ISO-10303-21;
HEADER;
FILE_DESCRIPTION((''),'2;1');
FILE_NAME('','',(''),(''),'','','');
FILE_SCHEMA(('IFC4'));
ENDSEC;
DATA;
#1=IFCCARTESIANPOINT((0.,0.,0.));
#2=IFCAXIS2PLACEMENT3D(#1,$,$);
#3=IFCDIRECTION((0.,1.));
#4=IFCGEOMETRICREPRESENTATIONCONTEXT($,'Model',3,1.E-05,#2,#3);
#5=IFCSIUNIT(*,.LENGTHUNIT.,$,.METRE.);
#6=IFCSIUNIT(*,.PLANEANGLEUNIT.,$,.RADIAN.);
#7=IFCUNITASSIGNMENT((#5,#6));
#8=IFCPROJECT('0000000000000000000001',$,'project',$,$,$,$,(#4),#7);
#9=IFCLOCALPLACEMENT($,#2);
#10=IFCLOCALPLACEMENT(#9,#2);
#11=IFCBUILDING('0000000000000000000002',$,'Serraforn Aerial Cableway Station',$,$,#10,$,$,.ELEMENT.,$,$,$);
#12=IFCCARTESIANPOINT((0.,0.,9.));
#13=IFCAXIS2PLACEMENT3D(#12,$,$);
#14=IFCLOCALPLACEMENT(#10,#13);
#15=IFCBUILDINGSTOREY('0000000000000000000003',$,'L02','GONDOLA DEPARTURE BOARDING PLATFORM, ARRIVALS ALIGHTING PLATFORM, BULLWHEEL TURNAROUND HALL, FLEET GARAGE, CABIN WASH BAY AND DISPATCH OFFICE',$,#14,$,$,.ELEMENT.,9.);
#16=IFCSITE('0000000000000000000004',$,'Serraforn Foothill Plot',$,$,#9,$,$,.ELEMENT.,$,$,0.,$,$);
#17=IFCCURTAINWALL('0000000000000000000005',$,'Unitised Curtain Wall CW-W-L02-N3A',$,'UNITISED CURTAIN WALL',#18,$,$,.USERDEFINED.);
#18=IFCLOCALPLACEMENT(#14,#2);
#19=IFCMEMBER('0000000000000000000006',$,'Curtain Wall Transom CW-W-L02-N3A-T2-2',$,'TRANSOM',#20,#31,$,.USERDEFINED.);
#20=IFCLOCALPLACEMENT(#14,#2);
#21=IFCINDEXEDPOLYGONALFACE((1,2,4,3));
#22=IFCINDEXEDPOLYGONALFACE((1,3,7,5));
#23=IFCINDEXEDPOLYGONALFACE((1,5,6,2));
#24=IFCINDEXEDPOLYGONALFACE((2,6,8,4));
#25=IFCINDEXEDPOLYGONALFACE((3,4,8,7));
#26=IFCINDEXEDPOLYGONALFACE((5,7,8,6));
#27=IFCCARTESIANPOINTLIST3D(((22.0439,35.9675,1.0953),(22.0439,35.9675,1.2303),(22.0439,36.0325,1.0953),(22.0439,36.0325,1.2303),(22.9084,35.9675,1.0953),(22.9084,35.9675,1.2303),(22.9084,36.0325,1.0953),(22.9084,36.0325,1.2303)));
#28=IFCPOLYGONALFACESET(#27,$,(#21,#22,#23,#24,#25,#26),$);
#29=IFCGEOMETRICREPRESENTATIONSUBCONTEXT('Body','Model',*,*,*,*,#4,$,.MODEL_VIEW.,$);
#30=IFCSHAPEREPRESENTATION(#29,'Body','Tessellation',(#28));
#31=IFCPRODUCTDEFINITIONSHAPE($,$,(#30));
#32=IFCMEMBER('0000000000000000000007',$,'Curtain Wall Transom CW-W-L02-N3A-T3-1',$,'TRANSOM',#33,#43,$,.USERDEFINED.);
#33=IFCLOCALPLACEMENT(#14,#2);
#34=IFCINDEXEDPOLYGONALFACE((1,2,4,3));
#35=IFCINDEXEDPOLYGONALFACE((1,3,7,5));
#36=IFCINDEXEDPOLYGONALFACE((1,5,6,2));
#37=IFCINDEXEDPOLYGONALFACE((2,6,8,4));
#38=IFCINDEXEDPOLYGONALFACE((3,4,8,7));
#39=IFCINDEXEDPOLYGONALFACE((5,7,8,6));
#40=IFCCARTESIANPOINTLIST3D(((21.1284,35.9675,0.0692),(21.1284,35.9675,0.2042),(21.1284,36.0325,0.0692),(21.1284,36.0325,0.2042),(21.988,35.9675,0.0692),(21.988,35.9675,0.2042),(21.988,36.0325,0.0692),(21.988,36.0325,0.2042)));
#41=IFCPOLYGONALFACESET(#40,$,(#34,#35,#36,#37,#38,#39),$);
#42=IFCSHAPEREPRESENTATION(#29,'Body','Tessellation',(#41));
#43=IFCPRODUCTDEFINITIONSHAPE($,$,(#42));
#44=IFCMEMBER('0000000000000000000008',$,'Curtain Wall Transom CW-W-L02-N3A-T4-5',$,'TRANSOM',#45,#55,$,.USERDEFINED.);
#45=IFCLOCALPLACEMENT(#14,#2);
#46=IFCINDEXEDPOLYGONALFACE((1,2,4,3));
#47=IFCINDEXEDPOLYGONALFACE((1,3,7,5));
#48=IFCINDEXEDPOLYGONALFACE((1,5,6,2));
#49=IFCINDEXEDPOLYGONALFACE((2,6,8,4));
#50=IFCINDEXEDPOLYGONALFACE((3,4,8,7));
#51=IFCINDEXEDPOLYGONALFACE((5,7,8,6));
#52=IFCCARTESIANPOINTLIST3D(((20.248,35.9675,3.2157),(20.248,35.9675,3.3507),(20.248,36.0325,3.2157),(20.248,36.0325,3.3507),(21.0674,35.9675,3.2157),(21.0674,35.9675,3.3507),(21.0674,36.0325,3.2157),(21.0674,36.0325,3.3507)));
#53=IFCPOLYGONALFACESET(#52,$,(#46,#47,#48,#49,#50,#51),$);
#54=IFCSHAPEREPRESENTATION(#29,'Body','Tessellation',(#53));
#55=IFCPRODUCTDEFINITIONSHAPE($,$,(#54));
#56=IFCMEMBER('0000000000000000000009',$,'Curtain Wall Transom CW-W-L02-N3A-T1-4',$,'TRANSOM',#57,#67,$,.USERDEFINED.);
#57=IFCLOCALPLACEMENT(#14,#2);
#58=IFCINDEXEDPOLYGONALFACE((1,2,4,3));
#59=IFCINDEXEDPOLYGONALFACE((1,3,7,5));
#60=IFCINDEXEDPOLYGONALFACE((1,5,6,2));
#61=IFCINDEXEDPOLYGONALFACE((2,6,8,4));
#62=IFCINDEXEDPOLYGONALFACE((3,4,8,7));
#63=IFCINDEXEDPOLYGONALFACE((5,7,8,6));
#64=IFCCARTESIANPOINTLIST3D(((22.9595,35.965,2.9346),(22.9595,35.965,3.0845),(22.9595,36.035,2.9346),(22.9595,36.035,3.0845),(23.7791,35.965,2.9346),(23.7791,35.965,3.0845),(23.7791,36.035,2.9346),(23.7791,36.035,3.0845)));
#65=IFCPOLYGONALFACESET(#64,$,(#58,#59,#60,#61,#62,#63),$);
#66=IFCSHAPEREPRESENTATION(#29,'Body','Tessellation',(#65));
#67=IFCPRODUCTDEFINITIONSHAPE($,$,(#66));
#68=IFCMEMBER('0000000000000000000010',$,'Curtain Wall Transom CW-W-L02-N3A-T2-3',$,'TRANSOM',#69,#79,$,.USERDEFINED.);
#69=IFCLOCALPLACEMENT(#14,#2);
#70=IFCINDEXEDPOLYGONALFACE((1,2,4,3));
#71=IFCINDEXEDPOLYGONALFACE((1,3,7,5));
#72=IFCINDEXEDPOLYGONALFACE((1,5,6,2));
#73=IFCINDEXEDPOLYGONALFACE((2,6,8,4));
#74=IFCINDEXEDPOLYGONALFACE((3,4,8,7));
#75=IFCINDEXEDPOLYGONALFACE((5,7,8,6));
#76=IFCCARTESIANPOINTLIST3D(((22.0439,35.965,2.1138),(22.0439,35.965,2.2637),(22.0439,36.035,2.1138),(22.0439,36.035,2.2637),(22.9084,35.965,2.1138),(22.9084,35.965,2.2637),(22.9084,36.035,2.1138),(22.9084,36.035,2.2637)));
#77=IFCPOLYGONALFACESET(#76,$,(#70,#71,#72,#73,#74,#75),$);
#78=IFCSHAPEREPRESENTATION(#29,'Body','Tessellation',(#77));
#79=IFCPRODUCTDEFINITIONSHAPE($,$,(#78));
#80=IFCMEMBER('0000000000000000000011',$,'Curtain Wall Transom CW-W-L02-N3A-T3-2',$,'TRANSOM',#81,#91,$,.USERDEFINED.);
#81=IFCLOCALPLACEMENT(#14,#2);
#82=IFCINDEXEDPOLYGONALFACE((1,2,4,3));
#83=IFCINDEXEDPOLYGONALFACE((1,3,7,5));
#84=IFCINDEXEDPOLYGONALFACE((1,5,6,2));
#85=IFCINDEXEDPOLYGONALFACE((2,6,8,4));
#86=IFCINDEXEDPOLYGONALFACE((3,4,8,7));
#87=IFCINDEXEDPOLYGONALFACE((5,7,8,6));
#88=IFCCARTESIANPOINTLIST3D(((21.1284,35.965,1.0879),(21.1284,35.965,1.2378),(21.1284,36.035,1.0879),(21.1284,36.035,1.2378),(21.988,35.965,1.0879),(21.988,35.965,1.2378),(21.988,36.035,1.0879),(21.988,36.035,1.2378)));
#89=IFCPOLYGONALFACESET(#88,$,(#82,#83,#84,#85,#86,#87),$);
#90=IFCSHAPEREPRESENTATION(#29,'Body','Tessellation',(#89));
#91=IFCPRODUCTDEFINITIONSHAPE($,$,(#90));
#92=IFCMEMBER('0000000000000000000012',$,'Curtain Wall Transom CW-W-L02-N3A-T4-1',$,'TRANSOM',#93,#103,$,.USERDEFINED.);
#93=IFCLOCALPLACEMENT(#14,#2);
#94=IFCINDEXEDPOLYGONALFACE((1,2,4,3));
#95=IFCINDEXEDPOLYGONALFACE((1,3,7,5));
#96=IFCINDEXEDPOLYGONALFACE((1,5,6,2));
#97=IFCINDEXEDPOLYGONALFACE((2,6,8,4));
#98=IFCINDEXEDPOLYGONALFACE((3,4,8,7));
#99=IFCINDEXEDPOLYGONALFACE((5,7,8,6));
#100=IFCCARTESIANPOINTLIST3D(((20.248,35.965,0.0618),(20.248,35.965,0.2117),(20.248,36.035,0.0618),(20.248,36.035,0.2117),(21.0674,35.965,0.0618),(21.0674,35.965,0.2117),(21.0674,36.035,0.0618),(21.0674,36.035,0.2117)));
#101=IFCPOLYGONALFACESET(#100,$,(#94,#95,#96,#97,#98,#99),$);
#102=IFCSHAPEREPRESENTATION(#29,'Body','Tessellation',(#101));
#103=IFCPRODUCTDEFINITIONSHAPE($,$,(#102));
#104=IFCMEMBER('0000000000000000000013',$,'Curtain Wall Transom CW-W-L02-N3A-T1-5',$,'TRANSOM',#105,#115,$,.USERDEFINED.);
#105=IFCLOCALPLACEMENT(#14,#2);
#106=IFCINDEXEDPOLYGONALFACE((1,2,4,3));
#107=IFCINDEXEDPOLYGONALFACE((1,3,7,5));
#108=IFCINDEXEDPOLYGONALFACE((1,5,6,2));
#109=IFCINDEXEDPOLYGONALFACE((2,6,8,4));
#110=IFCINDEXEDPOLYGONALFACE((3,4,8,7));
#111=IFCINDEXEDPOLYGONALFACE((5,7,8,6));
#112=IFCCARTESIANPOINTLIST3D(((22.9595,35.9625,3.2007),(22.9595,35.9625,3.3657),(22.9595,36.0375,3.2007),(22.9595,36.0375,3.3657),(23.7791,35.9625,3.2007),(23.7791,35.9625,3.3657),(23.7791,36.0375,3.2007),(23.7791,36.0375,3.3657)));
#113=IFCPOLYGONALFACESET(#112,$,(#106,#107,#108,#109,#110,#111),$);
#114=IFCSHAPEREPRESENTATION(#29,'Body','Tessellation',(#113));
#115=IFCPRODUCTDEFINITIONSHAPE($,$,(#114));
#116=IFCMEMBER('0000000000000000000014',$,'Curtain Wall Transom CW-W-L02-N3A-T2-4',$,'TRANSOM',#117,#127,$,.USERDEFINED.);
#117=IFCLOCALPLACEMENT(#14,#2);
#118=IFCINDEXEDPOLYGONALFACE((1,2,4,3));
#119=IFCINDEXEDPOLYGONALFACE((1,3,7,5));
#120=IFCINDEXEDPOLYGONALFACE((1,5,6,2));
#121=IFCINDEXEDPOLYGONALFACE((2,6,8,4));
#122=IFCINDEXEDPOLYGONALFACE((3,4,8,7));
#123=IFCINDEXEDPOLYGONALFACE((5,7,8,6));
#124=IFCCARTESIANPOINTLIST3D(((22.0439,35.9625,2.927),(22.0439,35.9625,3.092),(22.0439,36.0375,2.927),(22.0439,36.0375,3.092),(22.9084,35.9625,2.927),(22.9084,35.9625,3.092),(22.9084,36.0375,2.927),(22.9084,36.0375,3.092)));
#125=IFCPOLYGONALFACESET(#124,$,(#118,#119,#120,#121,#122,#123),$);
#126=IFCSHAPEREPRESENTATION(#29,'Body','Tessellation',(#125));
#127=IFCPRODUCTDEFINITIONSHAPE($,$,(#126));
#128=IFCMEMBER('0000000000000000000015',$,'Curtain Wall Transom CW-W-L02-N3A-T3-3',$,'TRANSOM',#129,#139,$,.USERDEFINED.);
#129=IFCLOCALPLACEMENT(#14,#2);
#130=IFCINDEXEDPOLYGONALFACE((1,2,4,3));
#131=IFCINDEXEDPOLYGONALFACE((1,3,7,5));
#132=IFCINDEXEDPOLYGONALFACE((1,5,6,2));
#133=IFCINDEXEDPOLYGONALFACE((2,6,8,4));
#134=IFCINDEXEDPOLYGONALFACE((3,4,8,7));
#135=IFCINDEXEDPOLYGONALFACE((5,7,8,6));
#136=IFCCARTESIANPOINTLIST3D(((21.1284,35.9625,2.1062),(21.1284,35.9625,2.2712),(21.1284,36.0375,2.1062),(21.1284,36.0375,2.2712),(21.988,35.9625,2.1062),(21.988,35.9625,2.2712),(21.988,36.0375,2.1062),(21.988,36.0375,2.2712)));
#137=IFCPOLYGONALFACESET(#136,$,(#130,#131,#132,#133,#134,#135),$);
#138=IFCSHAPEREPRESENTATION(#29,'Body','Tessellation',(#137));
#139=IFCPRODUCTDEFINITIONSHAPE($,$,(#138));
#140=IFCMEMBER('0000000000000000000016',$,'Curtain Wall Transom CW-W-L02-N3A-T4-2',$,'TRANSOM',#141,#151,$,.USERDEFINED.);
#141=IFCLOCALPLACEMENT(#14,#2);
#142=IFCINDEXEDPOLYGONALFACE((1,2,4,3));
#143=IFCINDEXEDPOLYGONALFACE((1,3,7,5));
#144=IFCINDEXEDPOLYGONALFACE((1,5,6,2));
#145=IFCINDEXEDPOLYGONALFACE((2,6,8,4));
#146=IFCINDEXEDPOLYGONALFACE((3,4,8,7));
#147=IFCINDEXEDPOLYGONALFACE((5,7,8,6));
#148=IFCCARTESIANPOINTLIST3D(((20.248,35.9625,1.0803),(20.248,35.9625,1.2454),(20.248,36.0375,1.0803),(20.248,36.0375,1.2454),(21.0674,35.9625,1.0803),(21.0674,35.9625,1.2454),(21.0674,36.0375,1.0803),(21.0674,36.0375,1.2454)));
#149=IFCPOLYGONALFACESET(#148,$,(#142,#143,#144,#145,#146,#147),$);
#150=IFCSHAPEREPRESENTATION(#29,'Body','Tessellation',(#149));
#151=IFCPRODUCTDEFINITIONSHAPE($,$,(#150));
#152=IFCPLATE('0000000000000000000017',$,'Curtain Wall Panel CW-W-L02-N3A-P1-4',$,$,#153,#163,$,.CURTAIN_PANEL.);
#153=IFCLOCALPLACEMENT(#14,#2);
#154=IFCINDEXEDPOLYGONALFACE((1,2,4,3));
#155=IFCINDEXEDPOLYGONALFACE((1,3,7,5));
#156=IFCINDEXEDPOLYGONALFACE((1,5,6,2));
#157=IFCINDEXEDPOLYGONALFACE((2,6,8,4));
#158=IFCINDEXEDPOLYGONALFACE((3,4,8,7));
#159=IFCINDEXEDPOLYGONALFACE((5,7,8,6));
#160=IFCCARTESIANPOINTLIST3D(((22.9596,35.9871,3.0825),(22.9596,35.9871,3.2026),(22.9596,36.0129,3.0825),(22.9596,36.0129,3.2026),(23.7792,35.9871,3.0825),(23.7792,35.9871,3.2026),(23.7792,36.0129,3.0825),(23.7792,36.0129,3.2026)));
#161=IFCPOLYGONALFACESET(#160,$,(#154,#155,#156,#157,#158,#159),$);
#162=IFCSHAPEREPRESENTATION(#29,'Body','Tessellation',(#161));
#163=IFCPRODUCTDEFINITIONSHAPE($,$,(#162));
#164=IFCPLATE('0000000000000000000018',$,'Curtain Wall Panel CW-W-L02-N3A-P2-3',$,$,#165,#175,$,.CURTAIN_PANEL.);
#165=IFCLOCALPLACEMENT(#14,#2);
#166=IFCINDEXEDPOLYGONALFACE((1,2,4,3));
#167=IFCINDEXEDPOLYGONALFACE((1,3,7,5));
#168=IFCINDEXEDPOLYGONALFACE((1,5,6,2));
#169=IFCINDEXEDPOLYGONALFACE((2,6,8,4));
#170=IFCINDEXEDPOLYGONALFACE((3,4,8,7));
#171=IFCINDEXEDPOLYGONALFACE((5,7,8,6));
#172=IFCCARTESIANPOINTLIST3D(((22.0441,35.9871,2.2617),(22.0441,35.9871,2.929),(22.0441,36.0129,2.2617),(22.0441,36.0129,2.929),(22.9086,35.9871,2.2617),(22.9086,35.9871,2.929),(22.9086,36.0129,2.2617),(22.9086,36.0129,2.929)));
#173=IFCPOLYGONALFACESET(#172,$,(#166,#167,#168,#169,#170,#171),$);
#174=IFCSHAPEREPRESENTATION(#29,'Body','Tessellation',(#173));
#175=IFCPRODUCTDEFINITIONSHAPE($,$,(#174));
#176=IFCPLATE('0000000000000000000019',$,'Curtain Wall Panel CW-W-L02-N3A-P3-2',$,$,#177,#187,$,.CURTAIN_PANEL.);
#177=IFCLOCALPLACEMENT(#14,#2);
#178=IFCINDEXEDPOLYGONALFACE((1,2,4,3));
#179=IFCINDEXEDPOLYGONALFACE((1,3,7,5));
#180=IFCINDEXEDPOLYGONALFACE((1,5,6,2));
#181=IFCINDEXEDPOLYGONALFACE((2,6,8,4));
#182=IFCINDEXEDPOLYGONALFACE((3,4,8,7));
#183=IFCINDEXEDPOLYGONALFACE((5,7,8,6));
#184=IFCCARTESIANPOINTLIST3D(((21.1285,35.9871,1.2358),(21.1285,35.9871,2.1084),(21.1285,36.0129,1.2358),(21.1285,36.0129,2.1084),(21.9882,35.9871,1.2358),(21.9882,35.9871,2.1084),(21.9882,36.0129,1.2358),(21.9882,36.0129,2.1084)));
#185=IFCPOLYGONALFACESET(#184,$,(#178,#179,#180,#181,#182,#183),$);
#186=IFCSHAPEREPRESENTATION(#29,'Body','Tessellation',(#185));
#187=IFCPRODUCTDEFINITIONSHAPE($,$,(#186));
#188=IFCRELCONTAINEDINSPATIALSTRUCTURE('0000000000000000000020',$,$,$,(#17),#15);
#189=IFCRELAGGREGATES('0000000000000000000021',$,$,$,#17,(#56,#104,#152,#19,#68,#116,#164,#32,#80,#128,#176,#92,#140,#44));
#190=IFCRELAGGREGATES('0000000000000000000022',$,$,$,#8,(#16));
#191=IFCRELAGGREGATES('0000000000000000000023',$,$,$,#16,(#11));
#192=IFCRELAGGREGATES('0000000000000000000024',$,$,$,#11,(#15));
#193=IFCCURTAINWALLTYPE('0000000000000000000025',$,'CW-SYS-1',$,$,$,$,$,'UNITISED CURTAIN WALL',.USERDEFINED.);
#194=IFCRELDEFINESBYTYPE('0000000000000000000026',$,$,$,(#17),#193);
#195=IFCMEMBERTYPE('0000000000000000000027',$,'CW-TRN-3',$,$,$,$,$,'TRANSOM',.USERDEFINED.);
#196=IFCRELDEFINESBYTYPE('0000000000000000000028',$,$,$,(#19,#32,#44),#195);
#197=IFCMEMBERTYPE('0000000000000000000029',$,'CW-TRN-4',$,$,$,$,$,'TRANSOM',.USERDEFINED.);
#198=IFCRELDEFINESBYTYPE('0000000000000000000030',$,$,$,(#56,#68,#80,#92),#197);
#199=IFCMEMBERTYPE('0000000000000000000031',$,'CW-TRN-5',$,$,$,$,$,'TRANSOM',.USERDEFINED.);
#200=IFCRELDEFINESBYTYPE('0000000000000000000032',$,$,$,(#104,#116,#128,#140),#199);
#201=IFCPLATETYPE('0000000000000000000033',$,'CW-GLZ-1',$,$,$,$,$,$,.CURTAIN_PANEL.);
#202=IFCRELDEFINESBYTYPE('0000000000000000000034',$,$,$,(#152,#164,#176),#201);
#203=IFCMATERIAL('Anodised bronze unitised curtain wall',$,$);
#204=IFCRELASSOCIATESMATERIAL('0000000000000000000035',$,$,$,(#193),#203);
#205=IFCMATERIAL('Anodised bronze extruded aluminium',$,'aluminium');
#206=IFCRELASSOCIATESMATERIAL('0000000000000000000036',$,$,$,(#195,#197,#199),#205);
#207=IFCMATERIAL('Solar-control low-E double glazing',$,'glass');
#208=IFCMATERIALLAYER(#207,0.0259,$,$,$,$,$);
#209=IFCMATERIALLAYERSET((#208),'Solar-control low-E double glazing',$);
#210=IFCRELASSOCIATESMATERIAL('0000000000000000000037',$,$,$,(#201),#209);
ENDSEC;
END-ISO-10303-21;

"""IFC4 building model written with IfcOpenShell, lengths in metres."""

from ifc_helpers import new_model, si_unit, direction, frame, origin, origin_2d, place, context, subcontext, project, spatial, rectangle, extrude, material, layer, layer_set, material_profile, profile_set, type_object, element, aggregate, save


model = new_model("IFC4")

# Units and contexts
model_context = context("Model", 3, precision=1e-05, world=origin(), true_north=direction((0.0, 1.0)))
body_context = subcontext(model_context, "Body", "Model", "MODEL_VIEW")
ifc_project = project(units=[si_unit("LENGTHUNIT", "METRE"), si_unit("PLANEANGLEUNIT", "RADIAN")], contexts=[model_context])

# Site, building, storey
site_placement = place(None, origin())
site = spatial("IfcSite", under=ifc_project, at=site_placement, Name="Serraforn Foothill Plot", CompositionType="ELEMENT", RefElevation=0.0)
building_placement = place(site_placement, origin())
building = spatial("IfcBuilding", under=site, at=building_placement, Name="Serraforn Aerial Cableway Station", CompositionType="ELEMENT")
storey_placement = place(building_placement, frame((0.0, 0.0, 9.0)))
storey = spatial("IfcBuildingStorey", under=building, at=storey_placement, Name="L02", Description="GONDOLA DEPARTURE BOARDING PLATFORM, ARRIVALS ALIGHTING PLATFORM, BULLWHEEL TURNAROUND HALL, FLEET GARAGE, CABIN WASH BAY AND DISPATCH OFFICE", CompositionType="ELEMENT", Elevation=9.0)

# Curtain wall, members, plates
ifc_material_1 = material(Name="Anodised bronze unitised curtain wall")
curtain_wall_type = type_object("IfcCurtainWallType", Name="CW-SYS-1", ElementType="UNITISED CURTAIN WALL", PredefinedType="USERDEFINED", material=ifc_material_1)
curtain_wall_placement = place(storey_placement, origin())
curtain_wall = element("IfcCurtainWall", 1, at=curtain_wall_placement, inside=storey, type_object=curtain_wall_type, Name="Unitised Curtain Wall CW-W-L02-N3A", ObjectType="UNITISED CURTAIN WALL", PredefinedType="USERDEFINED")
ifc_material_2 = material(Name="Anodised bronze extruded aluminium", Category="aluminium")
ifc_material_profile_1 = material_profile(ifc_material_2, rectangle(XDim=0.0649, YDim=0.135, at=origin_2d()), Name="CW TRANSOM 65x135")
ifc_profile_set_1 = profile_set([ifc_material_profile_1], Name="Anodised bronze extruded aluminium")
member_type_1 = type_object("IfcMemberType", Name="CW-TRN-3", ElementType="TRANSOM", PredefinedType="USERDEFINED", material=ifc_profile_set_1)
member_1_placement = place(storey_placement, frame((22.9084, 36.0, 1.1628), z_axis=(-1.0, 0.0, 0.0), x_axis=(0.0, -1.0, 0.0)))
member_1 = element("IfcMember", 2, at=member_1_placement, type_object=member_type_1, Name="Curtain Wall Transom CW-W-L02-N3A-T2-2", ObjectType="TRANSOM", PredefinedType="USERDEFINED", context=body_context, shape_type="SweptSolid", body=[
    extrude(rectangle(XDim=0.0649, YDim=0.135, at=origin_2d()), origin(), (0.0, 0.0, 1.0), 0.8645),
])
member_2_placement = place(storey_placement, frame((21.988, 36.0, 0.1367), z_axis=(-1.0, 0.0, 0.0), x_axis=(0.0, -1.0, 0.0)))
member_2 = element("IfcMember", 3, at=member_2_placement, type_object=member_type_1, Name="Curtain Wall Transom CW-W-L02-N3A-T3-1", ObjectType="TRANSOM", PredefinedType="USERDEFINED", context=body_context, shape_type="SweptSolid", body=[
    extrude(rectangle(XDim=0.0649, YDim=0.135, at=origin_2d()), origin(), (0.0, 0.0, 1.0), 0.8596),
])
member_3_placement = place(storey_placement, frame((21.0674, 36.0, 3.2832), z_axis=(-1.0, 0.0, 0.0), x_axis=(0.0, -1.0, 0.0)))
member_3 = element("IfcMember", 4, at=member_3_placement, type_object=member_type_1, Name="Curtain Wall Transom CW-W-L02-N3A-T4-5", ObjectType="TRANSOM", PredefinedType="USERDEFINED", context=body_context, shape_type="SweptSolid", body=[
    extrude(rectangle(XDim=0.0649, YDim=0.135, at=origin_2d()), origin(), (0.0, 0.0, 1.0), 0.8193),
])
ifc_material_profile_2 = material_profile(ifc_material_2, rectangle(XDim=0.0701, YDim=0.1499, at=origin_2d()), Name="CW TRANSOM 70x150")
ifc_profile_set_2 = profile_set([ifc_material_profile_2], Name="Anodised bronze extruded aluminium")
member_type_2 = type_object("IfcMemberType", Name="CW-TRN-4", ElementType="TRANSOM", PredefinedType="USERDEFINED", material=ifc_profile_set_2)
member_4_placement = place(storey_placement, frame((23.7791, 36.0, 3.0095), z_axis=(-1.0, 0.0, 0.0), x_axis=(0.0, -1.0, 0.0)))
member_4 = element("IfcMember", 5, at=member_4_placement, type_object=member_type_2, Name="Curtain Wall Transom CW-W-L02-N3A-T1-4", ObjectType="TRANSOM", PredefinedType="USERDEFINED", context=body_context, shape_type="SweptSolid", body=[
    extrude(rectangle(XDim=0.0701, YDim=0.1499, at=origin_2d()), origin(), (0.0, 0.0, 1.0), 0.8196),
])
member_5_placement = place(storey_placement, frame((22.9084, 36.0, 2.1887), z_axis=(-1.0, 0.0, 0.0), x_axis=(0.0, -1.0, 0.0)))
member_5 = element("IfcMember", 6, at=member_5_placement, type_object=member_type_2, Name="Curtain Wall Transom CW-W-L02-N3A-T2-3", ObjectType="TRANSOM", PredefinedType="USERDEFINED", context=body_context, shape_type="SweptSolid", body=[
    extrude(rectangle(XDim=0.0701, YDim=0.1499, at=origin_2d()), origin(), (0.0, 0.0, 1.0), 0.8645),
])
member_6_placement = place(storey_placement, frame((21.988, 36.0, 1.1628), z_axis=(-1.0, 0.0, 0.0), x_axis=(0.0, -1.0, 0.0)))
member_6 = element("IfcMember", 7, at=member_6_placement, type_object=member_type_2, Name="Curtain Wall Transom CW-W-L02-N3A-T3-2", ObjectType="TRANSOM", PredefinedType="USERDEFINED", context=body_context, shape_type="SweptSolid", body=[
    extrude(rectangle(XDim=0.0701, YDim=0.1499, at=origin_2d()), origin(), (0.0, 0.0, 1.0), 0.8596),
])
member_7_placement = place(storey_placement, frame((21.0674, 36.0, 0.1367), z_axis=(-1.0, 0.0, 0.0), x_axis=(0.0, -1.0, 0.0)))
member_7 = element("IfcMember", 8, at=member_7_placement, type_object=member_type_2, Name="Curtain Wall Transom CW-W-L02-N3A-T4-1", ObjectType="TRANSOM", PredefinedType="USERDEFINED", context=body_context, shape_type="SweptSolid", body=[
    extrude(rectangle(XDim=0.0701, YDim=0.1499, at=origin_2d()), origin(), (0.0, 0.0, 1.0), 0.8193),
])
ifc_material_profile_3 = material_profile(ifc_material_2, rectangle(XDim=0.075, YDim=0.165, at=origin_2d()), Name="CW TRANSOM 75x165")
ifc_profile_set_3 = profile_set([ifc_material_profile_3], Name="Anodised bronze extruded aluminium")
member_type_3 = type_object("IfcMemberType", Name="CW-TRN-5", ElementType="TRANSOM", PredefinedType="USERDEFINED", material=ifc_profile_set_3)
member_8_placement = place(storey_placement, frame((23.7791, 36.0, 3.2832), z_axis=(-1.0, 0.0, 0.0), x_axis=(0.0, -1.0, 0.0)))
member_8 = element("IfcMember", 9, at=member_8_placement, type_object=member_type_3, Name="Curtain Wall Transom CW-W-L02-N3A-T1-5", ObjectType="TRANSOM", PredefinedType="USERDEFINED", context=body_context, shape_type="SweptSolid", body=[
    extrude(rectangle(XDim=0.075, YDim=0.165, at=origin_2d()), origin(), (0.0, 0.0, 1.0), 0.8196),
])
member_9_placement = place(storey_placement, frame((22.9084, 36.0, 3.0095), z_axis=(-1.0, 0.0, 0.0), x_axis=(0.0, -1.0, 0.0)))
member_9 = element("IfcMember", 10, at=member_9_placement, type_object=member_type_3, Name="Curtain Wall Transom CW-W-L02-N3A-T2-4", ObjectType="TRANSOM", PredefinedType="USERDEFINED", context=body_context, shape_type="SweptSolid", body=[
    extrude(rectangle(XDim=0.075, YDim=0.165, at=origin_2d()), origin(), (0.0, 0.0, 1.0), 0.8645),
])
member_10_placement = place(storey_placement, frame((21.988, 36.0, 2.1887), z_axis=(-1.0, 0.0, 0.0), x_axis=(0.0, -1.0, 0.0)))
member_10 = element("IfcMember", 11, at=member_10_placement, type_object=member_type_3, Name="Curtain Wall Transom CW-W-L02-N3A-T3-3", ObjectType="TRANSOM", PredefinedType="USERDEFINED", context=body_context, shape_type="SweptSolid", body=[
    extrude(rectangle(XDim=0.075, YDim=0.165, at=origin_2d()), origin(), (0.0, 0.0, 1.0), 0.8596),
])
member_11_placement = place(storey_placement, frame((21.0674, 36.0, 1.1628), z_axis=(-1.0, 0.0, 0.0), x_axis=(0.0, -1.0, 0.0)))
member_11 = element("IfcMember", 12, at=member_11_placement, type_object=member_type_3, Name="Curtain Wall Transom CW-W-L02-N3A-T4-2", ObjectType="TRANSOM", PredefinedType="USERDEFINED", context=body_context, shape_type="SweptSolid", body=[
    extrude(rectangle(XDim=0.075, YDim=0.165, at=origin_2d()), origin(), (0.0, 0.0, 1.0), 0.8193),
])
ifc_material_3 = material(Name="Solar-control low-E double glazing", Category="glass")
ifc_layer_1 = layer(ifc_material_3, 0.0259)
ifc_layer_set_1 = layer_set([ifc_layer_1], Name="Solar-control low-E double glazing")
plate_type_1 = type_object("IfcPlateType", Name="CW-GLZ-1", PredefinedType="CURTAIN_PANEL", material=ifc_layer_set_1)
plate_1_placement = place(storey_placement, frame((23.3694, 36.0, 3.0825), z_axis=(0.0, 0.0, 1.0), x_axis=(1.0, 0.0, 0.0)))
plate_1 = element("IfcPlate", 13, at=plate_1_placement, type_object=plate_type_1, Name="Curtain Wall Panel CW-W-L02-N3A-P1-4", PredefinedType="CURTAIN_PANEL", context=body_context, shape_type="SweptSolid", body=[
    extrude(rectangle(XDim=0.8196, YDim=0.0259, at=origin_2d()), origin(), (0.0, 0.0, 1.0), 0.1201),
])
plate_2_placement = place(storey_placement, frame((22.4763, 36.0, 2.2617), z_axis=(0.0, 0.0, 1.0), x_axis=(1.0, 0.0, 0.0)))
plate_2 = element("IfcPlate", 14, at=plate_2_placement, type_object=plate_type_1, Name="Curtain Wall Panel CW-W-L02-N3A-P2-3", PredefinedType="CURTAIN_PANEL", context=body_context, shape_type="SweptSolid", body=[
    extrude(rectangle(XDim=0.8645, YDim=0.0259, at=origin_2d()), origin(), (0.0, 0.0, 1.0), 0.6672),
])
plate_3_placement = place(storey_placement, frame((21.5583, 36.0, 1.2358), z_axis=(0.0, 0.0, 1.0), x_axis=(1.0, 0.0, 0.0)))
plate_3 = element("IfcPlate", 15, at=plate_3_placement, type_object=plate_type_1, Name="Curtain Wall Panel CW-W-L02-N3A-P3-2", PredefinedType="CURTAIN_PANEL", context=body_context, shape_type="SweptSolid", body=[
    extrude(rectangle(XDim=0.8596, YDim=0.0259, at=origin_2d()), origin(), (0.0, 0.0, 1.0), 0.8726),
])
aggregate(curtain_wall, [member_4, member_8, plate_1, member_1, member_5, member_9, plate_2, member_2, member_6, member_10, plate_3, member_7, member_11, member_3])

save(model, "model.ifc")
